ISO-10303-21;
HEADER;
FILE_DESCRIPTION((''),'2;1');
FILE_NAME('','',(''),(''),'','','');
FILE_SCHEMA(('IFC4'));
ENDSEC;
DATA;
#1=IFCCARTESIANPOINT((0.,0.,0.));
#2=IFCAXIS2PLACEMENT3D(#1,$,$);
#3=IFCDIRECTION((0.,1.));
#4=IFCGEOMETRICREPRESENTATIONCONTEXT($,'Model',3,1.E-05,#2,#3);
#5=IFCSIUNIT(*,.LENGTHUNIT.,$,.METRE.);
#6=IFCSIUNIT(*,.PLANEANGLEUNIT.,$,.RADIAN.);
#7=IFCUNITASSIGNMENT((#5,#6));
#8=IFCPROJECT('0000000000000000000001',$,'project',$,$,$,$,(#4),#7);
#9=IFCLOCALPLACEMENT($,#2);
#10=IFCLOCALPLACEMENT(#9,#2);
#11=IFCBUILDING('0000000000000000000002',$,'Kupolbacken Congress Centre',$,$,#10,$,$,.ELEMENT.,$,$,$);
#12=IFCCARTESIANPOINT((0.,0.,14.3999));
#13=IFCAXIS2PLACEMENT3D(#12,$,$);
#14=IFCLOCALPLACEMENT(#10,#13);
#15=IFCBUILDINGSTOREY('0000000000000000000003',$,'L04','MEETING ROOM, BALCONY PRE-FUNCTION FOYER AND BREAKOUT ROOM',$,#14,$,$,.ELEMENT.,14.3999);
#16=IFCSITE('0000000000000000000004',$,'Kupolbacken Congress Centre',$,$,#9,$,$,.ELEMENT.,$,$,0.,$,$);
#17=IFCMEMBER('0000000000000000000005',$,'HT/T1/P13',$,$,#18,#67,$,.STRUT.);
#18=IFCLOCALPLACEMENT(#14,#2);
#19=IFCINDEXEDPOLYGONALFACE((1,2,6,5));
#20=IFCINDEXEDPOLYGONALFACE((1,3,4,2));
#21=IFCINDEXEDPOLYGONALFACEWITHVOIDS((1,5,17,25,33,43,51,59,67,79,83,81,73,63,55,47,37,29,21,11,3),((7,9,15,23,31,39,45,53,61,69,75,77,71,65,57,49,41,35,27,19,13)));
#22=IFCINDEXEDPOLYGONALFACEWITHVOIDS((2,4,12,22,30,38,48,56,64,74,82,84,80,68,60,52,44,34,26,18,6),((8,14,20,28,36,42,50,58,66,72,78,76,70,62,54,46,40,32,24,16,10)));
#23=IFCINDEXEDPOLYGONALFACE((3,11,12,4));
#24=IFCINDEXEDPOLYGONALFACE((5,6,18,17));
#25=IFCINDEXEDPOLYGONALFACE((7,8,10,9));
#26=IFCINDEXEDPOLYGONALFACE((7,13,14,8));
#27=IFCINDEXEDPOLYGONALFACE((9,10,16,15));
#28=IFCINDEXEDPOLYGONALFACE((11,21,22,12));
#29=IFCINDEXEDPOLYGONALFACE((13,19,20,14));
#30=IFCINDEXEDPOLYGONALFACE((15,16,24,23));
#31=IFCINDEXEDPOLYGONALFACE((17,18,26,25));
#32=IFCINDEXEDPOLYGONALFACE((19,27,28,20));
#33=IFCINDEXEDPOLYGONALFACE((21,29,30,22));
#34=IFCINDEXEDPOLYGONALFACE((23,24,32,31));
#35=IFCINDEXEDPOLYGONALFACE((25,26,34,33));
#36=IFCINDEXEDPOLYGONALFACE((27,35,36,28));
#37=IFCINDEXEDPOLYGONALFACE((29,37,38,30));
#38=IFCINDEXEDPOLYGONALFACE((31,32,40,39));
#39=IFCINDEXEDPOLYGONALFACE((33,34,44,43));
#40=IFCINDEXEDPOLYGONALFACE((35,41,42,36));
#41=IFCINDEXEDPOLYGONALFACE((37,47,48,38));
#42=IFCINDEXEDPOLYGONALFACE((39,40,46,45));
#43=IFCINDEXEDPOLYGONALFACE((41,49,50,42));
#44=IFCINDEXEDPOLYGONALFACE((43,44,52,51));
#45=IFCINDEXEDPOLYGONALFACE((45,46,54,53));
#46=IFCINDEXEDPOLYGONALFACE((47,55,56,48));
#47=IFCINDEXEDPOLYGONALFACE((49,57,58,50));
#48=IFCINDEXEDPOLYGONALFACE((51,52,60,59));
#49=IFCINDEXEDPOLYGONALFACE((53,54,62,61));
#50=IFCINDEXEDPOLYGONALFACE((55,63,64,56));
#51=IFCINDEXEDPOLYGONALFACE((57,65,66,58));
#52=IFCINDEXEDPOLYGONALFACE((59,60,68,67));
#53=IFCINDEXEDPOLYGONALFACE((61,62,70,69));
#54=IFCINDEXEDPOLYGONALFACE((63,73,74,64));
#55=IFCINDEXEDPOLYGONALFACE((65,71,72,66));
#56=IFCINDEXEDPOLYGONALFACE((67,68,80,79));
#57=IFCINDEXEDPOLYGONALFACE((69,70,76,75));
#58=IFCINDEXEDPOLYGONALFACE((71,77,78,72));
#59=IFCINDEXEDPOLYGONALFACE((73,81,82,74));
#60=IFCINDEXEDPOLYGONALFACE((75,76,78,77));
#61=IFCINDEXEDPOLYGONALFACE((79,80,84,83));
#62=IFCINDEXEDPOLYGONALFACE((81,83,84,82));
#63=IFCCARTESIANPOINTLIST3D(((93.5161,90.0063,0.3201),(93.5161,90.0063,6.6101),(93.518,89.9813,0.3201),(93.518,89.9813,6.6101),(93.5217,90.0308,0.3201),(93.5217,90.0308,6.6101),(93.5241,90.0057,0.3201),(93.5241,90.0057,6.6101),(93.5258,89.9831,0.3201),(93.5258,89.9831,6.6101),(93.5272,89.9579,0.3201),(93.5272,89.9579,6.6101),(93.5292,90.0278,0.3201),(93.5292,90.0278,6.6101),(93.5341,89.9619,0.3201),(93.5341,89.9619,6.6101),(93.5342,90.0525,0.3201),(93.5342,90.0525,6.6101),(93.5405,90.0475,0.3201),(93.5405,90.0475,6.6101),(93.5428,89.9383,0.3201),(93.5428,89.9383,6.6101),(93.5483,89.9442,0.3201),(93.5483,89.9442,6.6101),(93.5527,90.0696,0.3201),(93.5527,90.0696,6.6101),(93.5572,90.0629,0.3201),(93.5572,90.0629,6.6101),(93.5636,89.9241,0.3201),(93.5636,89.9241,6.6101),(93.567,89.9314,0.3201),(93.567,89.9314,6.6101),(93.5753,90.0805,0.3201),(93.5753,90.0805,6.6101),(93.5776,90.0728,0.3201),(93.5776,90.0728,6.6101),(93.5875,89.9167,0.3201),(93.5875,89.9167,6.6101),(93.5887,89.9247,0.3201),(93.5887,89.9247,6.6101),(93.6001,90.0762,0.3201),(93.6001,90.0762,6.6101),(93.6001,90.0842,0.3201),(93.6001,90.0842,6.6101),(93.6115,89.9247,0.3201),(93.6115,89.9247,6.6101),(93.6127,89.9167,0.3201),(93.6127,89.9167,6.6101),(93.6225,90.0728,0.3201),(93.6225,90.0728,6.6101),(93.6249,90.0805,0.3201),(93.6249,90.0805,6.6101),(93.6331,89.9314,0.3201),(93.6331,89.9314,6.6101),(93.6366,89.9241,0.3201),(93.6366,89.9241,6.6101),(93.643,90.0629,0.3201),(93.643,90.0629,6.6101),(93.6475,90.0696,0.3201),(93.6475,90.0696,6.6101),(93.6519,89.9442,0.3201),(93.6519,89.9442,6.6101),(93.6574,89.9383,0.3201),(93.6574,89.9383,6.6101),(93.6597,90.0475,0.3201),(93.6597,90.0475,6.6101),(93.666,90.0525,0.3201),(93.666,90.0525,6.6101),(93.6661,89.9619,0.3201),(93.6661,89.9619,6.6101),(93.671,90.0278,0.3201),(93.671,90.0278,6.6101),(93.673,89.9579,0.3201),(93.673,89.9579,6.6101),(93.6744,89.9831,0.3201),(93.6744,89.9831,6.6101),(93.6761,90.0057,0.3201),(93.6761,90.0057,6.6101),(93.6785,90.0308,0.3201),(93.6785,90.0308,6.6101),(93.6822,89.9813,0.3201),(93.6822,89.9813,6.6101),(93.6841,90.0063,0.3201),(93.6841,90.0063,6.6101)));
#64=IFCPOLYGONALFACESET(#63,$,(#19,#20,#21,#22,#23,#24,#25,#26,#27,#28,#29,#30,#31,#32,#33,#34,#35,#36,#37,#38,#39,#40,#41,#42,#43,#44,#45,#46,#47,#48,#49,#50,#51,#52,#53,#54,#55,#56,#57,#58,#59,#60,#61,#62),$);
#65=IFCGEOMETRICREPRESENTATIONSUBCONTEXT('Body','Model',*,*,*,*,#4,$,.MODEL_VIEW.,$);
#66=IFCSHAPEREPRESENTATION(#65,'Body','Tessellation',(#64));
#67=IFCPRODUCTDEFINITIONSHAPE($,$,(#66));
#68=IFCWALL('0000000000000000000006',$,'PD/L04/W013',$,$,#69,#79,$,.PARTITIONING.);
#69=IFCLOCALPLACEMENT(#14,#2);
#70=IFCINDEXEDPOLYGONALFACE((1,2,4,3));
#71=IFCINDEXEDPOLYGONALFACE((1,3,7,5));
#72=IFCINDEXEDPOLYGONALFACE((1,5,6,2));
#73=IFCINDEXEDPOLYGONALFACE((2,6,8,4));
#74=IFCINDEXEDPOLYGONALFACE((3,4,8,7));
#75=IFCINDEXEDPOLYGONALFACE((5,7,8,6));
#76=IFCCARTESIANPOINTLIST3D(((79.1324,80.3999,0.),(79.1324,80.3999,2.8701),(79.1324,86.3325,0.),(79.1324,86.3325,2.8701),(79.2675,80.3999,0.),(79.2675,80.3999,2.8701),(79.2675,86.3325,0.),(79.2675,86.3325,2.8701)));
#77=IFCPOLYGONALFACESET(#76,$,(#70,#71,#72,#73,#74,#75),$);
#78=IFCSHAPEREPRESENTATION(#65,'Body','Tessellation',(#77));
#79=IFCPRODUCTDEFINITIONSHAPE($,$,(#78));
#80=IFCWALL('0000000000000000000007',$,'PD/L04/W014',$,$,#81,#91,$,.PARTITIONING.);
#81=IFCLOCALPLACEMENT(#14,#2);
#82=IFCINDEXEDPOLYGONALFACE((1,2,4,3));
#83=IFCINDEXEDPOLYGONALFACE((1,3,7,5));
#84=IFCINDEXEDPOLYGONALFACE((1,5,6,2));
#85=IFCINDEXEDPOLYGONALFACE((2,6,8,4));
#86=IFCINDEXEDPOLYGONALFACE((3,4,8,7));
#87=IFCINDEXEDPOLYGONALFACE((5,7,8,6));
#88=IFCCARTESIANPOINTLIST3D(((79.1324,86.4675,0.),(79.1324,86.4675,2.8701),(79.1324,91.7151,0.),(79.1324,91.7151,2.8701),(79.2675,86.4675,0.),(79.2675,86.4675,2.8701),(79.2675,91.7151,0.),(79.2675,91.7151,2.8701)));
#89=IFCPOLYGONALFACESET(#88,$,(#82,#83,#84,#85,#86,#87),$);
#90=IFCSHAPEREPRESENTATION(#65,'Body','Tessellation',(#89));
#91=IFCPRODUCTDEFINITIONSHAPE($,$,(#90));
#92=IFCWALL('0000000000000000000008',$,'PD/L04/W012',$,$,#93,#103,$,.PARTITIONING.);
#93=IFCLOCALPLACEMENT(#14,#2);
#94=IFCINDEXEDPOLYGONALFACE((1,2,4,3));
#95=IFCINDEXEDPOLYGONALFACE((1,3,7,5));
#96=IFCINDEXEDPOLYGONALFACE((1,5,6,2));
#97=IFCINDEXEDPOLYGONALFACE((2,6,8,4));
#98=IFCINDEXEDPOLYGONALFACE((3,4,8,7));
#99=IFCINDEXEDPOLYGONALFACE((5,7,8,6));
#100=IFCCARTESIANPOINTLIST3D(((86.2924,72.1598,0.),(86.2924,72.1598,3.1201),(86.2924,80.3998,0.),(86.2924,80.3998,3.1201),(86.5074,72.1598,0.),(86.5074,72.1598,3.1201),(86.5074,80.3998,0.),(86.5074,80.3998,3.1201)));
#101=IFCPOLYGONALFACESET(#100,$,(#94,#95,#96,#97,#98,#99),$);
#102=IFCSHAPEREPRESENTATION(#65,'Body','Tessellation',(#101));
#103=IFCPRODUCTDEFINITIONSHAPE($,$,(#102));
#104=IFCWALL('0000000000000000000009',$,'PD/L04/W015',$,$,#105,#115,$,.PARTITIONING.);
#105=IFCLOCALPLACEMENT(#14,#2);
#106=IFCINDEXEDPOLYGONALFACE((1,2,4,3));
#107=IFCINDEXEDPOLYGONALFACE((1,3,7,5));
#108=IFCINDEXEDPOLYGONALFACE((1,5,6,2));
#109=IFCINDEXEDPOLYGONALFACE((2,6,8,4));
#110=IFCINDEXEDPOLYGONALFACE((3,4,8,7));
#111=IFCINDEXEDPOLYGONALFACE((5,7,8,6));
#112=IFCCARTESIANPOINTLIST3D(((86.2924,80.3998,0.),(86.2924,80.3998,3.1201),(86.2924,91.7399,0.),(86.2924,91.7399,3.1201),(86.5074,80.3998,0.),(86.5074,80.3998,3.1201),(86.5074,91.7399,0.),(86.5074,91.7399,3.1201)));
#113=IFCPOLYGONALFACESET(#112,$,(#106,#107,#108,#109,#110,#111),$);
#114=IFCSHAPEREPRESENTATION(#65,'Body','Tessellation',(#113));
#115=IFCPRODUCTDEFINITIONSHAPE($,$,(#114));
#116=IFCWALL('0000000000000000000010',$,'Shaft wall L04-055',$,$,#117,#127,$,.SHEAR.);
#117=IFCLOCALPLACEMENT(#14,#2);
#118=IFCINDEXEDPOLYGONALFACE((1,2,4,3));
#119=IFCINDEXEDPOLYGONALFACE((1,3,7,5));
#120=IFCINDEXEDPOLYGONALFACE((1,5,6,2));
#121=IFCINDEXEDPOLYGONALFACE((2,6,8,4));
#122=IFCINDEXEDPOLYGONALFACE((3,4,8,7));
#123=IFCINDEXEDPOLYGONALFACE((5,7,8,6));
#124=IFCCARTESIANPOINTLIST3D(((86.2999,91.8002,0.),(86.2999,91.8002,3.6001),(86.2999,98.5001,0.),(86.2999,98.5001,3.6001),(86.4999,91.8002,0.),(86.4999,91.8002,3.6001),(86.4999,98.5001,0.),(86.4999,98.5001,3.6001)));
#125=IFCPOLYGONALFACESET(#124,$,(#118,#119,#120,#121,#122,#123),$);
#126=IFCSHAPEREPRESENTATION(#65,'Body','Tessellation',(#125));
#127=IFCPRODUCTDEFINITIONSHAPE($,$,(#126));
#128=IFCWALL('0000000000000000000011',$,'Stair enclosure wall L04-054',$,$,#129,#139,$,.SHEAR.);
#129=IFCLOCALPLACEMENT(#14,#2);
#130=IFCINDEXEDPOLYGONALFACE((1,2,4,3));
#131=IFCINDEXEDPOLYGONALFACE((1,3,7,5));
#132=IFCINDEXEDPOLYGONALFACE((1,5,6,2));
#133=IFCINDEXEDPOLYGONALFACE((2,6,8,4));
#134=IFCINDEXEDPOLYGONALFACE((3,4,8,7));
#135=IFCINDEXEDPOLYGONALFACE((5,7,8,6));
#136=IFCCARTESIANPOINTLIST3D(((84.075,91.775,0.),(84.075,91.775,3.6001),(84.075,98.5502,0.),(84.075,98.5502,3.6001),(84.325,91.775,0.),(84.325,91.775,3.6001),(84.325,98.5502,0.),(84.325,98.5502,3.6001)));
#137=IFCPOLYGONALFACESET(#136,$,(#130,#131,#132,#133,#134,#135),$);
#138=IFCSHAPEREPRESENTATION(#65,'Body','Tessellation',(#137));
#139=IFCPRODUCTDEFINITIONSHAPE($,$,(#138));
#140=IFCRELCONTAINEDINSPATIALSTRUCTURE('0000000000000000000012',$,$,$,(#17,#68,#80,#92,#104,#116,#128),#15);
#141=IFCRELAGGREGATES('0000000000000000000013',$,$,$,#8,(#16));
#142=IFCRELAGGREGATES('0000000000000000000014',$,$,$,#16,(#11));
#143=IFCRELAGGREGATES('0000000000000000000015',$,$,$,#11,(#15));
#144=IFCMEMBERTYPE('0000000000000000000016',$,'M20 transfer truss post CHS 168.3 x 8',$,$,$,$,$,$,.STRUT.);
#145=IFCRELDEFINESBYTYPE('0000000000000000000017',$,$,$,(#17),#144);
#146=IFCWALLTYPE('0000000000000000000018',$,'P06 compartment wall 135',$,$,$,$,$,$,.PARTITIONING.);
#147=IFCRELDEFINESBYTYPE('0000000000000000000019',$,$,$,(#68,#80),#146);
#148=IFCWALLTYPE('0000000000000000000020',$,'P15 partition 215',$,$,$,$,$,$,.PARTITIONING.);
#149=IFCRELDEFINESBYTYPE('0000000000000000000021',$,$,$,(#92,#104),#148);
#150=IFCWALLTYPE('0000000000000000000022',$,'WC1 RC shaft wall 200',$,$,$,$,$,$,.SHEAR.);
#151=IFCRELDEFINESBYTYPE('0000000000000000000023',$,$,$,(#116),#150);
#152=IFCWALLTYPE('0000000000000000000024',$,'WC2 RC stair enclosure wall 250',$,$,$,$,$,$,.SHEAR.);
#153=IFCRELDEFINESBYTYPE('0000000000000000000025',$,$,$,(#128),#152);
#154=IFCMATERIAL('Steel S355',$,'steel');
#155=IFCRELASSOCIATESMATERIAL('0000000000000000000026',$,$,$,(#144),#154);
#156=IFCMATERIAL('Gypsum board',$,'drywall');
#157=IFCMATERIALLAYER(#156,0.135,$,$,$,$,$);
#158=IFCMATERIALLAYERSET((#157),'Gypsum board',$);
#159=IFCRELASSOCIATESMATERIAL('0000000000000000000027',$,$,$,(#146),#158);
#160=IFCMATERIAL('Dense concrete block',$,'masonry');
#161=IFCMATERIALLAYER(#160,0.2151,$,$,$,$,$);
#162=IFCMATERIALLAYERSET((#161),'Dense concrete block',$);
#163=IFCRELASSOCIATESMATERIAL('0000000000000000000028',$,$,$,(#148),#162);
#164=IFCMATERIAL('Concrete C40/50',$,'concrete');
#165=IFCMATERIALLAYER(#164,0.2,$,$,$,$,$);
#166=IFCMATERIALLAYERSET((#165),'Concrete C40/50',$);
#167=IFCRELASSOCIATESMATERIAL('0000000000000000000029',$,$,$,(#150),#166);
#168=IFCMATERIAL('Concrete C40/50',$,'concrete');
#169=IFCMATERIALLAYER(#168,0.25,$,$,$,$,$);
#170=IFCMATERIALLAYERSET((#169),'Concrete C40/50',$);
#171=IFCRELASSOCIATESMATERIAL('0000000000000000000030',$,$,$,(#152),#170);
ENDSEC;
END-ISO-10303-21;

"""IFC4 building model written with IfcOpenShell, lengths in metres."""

from ifc_helpers import new_model, si_unit, direction, frame, frame_2d, origin, origin_2d, place, context, subcontext, project, spatial, rectangle, hollow_circle, extrude, material, layer, layer_set, material_profile, profile_set, type_object, element, save


model = new_model("IFC4")

# Units and contexts
model_context = context("Model", 3, precision=1e-05, world=origin(), true_north=direction((0.0, 1.0)))
body_context = subcontext(model_context, "Body", "Model", "MODEL_VIEW")
ifc_project = project(units=[si_unit("LENGTHUNIT", "METRE"), si_unit("PLANEANGLEUNIT", "RADIAN")], contexts=[model_context])

# Site, building, storey
site_placement = place(None, origin())
site = spatial("IfcSite", under=ifc_project, at=site_placement, Name="Kupolbacken Congress Centre", CompositionType="ELEMENT", RefElevation=0.0)
building_placement = place(site_placement, origin())
building = spatial("IfcBuilding", under=site, at=building_placement, Name="Kupolbacken Congress Centre", CompositionType="ELEMENT")
storey_placement = place(building_placement, frame((0.0, 0.0, 14.3999)))
storey = spatial("IfcBuildingStorey", under=building, at=storey_placement, Name="L04", Description="MEETING ROOM, BALCONY PRE-FUNCTION FOYER AND BREAKOUT ROOM", CompositionType="ELEMENT", Elevation=14.3999)

# Member
ifc_material_1 = material(Name="Steel S355", Category="steel")
ifc_material_profile_1 = material_profile(ifc_material_1, hollow_circle(Radius=0.0842, WallThickness=0.0081, at=origin_2d()), Name="CHS 168.3 x 8")
ifc_profile_set_1 = profile_set([ifc_material_profile_1], Name="Steel S355")
member_type_1 = type_object("IfcMemberType", Name="M20 transfer truss post CHS 168.3 x 8", PredefinedType="STRUT", material=ifc_profile_set_1)
for number, where, z_axis, x_axis, name in (
    (1, (93.6001, 90.0, 0.3201), (0.0, 0.0, 1.0), (0.0, 1.0, 0.0), "HT/T1/P13"),
):
    element("IfcMember", number, at=place(storey_placement, frame(where, z_axis=z_axis, x_axis=x_axis)), inside=storey, type_object=member_type_1, Name=name, PredefinedType="STRUT", context=body_context, shape_type="SweptSolid", body=[
        extrude(hollow_circle(Radius=0.0842, WallThickness=0.0081, at=origin_2d()), origin(), (0.0, 0.0, 1.0), 6.29),
    ])

# Walls
ifc_material_2 = material(Name="Gypsum board", Category="drywall")
ifc_layer_1 = layer(ifc_material_2, 0.135)
ifc_layer_set_1 = layer_set([ifc_layer_1], Name="Gypsum board")
wall_type_1 = type_object("IfcWallType", Name="P06 compartment wall 135", PredefinedType="PARTITIONING", material=ifc_layer_set_1)
wall_1_placement = place(storey_placement, frame((79.2, 86.3325, 0.0), z_axis=(0.0, 0.0, 1.0), x_axis=(0.0, -1.0, 0.0)))
element("IfcWall", 2, at=wall_1_placement, inside=storey, type_object=wall_type_1, Name="PD/L04/W013", PredefinedType="PARTITIONING", context=body_context, shape_type="SweptSolid", body=[
    extrude(rectangle(XDim=5.9326, YDim=0.135, at=frame_2d((2.9663, 0.0))), origin(), (0.0, 0.0, 1.0), 2.8701),
])
wall_2_placement = place(storey_placement, frame((79.2, 91.7151, 0.0), z_axis=(0.0, 0.0, 1.0), x_axis=(0.0, -1.0, 0.0)))
element("IfcWall", 3, at=wall_2_placement, inside=storey, type_object=wall_type_1, Name="PD/L04/W014", PredefinedType="PARTITIONING", context=body_context, shape_type="SweptSolid", body=[
    extrude(rectangle(XDim=5.2476, YDim=0.135, at=frame_2d((2.6238, 0.0))), origin(), (0.0, 0.0, 1.0), 2.8701),
])
ifc_material_3 = material(Name="Dense concrete block", Category="masonry")
ifc_layer_2 = layer(ifc_material_3, 0.2151)
ifc_layer_set_2 = layer_set([ifc_layer_2], Name="Dense concrete block")
wall_type_2 = type_object("IfcWallType", Name="P15 partition 215", PredefinedType="PARTITIONING", material=ifc_layer_set_2)
wall_3_placement = place(storey_placement, frame((86.3999, 80.3999, 0.0), z_axis=(0.0, 0.0, 1.0), x_axis=(0.0, -1.0, 0.0)))
element("IfcWall", 4, at=wall_3_placement, inside=storey, type_object=wall_type_2, Name="PD/L04/W012", PredefinedType="PARTITIONING", context=body_context, shape_type="SweptSolid", body=[
    extrude(rectangle(XDim=8.24, YDim=0.2151, at=frame_2d((4.1201, 0.0))), origin(), (0.0, 0.0, 1.0), 3.1201),
])
wall_4_placement = place(storey_placement, frame((86.3999, 80.3999, 0.0), z_axis=(0.0, 0.0, 1.0), x_axis=(0.0, 1.0, 0.0)))
element("IfcWall", 5, at=wall_4_placement, inside=storey, type_object=wall_type_2, Name="PD/L04/W015", PredefinedType="PARTITIONING", context=body_context, shape_type="SweptSolid", body=[
    extrude(rectangle(XDim=11.3401, YDim=0.2151, at=frame_2d((5.6699, 0.0))), origin(), (0.0, 0.0, 1.0), 3.1201),
])
ifc_material_4 = material(Name="Concrete C40/50", Category="concrete")
ifc_layer_3 = layer(ifc_material_4, 0.2)
ifc_layer_set_3 = layer_set([ifc_layer_3], Name="Concrete C40/50")
wall_type_3 = type_object("IfcWallType", Name="WC1 RC shaft wall 200", PredefinedType="SHEAR", material=ifc_layer_set_3)
wall_5_placement = place(storey_placement, frame((86.3999, 91.8, 0.0), z_axis=(0.0, 0.0, 1.0), x_axis=(0.0, 1.0, 0.0)))
element("IfcWall", 6, at=wall_5_placement, inside=storey, type_object=wall_type_3, Name="Shaft wall L04-055", PredefinedType="SHEAR", context=body_context, shape_type="SweptSolid", body=[
    extrude(rectangle(XDim=6.7, YDim=0.2, at=frame_2d((3.3501, 0.0))), origin(), (0.0, 0.0, 1.0), 3.6001),
])
ifc_material_5 = material(Name="Concrete C40/50", Category="concrete")
ifc_layer_4 = layer(ifc_material_5, 0.25)
ifc_layer_set_4 = layer_set([ifc_layer_4], Name="Concrete C40/50")
wall_type_4 = type_object("IfcWallType", Name="WC2 RC stair enclosure wall 250", PredefinedType="SHEAR", material=ifc_layer_set_4)
wall_6_placement = place(storey_placement, frame((84.2, 91.7749, 0.0), z_axis=(0.0, 0.0, 1.0), x_axis=(0.0, 1.0, 0.0)))
element("IfcWall", 7, at=wall_6_placement, inside=storey, type_object=wall_type_4, Name="Stair enclosure wall L04-054", PredefinedType="SHEAR", context=body_context, shape_type="SweptSolid", body=[
    extrude(rectangle(XDim=6.7751, YDim=0.25, at=frame_2d((3.3877, 0.0))), origin(), (0.0, 0.0, 1.0), 3.6001),
])

save(model, "model.ifc")
